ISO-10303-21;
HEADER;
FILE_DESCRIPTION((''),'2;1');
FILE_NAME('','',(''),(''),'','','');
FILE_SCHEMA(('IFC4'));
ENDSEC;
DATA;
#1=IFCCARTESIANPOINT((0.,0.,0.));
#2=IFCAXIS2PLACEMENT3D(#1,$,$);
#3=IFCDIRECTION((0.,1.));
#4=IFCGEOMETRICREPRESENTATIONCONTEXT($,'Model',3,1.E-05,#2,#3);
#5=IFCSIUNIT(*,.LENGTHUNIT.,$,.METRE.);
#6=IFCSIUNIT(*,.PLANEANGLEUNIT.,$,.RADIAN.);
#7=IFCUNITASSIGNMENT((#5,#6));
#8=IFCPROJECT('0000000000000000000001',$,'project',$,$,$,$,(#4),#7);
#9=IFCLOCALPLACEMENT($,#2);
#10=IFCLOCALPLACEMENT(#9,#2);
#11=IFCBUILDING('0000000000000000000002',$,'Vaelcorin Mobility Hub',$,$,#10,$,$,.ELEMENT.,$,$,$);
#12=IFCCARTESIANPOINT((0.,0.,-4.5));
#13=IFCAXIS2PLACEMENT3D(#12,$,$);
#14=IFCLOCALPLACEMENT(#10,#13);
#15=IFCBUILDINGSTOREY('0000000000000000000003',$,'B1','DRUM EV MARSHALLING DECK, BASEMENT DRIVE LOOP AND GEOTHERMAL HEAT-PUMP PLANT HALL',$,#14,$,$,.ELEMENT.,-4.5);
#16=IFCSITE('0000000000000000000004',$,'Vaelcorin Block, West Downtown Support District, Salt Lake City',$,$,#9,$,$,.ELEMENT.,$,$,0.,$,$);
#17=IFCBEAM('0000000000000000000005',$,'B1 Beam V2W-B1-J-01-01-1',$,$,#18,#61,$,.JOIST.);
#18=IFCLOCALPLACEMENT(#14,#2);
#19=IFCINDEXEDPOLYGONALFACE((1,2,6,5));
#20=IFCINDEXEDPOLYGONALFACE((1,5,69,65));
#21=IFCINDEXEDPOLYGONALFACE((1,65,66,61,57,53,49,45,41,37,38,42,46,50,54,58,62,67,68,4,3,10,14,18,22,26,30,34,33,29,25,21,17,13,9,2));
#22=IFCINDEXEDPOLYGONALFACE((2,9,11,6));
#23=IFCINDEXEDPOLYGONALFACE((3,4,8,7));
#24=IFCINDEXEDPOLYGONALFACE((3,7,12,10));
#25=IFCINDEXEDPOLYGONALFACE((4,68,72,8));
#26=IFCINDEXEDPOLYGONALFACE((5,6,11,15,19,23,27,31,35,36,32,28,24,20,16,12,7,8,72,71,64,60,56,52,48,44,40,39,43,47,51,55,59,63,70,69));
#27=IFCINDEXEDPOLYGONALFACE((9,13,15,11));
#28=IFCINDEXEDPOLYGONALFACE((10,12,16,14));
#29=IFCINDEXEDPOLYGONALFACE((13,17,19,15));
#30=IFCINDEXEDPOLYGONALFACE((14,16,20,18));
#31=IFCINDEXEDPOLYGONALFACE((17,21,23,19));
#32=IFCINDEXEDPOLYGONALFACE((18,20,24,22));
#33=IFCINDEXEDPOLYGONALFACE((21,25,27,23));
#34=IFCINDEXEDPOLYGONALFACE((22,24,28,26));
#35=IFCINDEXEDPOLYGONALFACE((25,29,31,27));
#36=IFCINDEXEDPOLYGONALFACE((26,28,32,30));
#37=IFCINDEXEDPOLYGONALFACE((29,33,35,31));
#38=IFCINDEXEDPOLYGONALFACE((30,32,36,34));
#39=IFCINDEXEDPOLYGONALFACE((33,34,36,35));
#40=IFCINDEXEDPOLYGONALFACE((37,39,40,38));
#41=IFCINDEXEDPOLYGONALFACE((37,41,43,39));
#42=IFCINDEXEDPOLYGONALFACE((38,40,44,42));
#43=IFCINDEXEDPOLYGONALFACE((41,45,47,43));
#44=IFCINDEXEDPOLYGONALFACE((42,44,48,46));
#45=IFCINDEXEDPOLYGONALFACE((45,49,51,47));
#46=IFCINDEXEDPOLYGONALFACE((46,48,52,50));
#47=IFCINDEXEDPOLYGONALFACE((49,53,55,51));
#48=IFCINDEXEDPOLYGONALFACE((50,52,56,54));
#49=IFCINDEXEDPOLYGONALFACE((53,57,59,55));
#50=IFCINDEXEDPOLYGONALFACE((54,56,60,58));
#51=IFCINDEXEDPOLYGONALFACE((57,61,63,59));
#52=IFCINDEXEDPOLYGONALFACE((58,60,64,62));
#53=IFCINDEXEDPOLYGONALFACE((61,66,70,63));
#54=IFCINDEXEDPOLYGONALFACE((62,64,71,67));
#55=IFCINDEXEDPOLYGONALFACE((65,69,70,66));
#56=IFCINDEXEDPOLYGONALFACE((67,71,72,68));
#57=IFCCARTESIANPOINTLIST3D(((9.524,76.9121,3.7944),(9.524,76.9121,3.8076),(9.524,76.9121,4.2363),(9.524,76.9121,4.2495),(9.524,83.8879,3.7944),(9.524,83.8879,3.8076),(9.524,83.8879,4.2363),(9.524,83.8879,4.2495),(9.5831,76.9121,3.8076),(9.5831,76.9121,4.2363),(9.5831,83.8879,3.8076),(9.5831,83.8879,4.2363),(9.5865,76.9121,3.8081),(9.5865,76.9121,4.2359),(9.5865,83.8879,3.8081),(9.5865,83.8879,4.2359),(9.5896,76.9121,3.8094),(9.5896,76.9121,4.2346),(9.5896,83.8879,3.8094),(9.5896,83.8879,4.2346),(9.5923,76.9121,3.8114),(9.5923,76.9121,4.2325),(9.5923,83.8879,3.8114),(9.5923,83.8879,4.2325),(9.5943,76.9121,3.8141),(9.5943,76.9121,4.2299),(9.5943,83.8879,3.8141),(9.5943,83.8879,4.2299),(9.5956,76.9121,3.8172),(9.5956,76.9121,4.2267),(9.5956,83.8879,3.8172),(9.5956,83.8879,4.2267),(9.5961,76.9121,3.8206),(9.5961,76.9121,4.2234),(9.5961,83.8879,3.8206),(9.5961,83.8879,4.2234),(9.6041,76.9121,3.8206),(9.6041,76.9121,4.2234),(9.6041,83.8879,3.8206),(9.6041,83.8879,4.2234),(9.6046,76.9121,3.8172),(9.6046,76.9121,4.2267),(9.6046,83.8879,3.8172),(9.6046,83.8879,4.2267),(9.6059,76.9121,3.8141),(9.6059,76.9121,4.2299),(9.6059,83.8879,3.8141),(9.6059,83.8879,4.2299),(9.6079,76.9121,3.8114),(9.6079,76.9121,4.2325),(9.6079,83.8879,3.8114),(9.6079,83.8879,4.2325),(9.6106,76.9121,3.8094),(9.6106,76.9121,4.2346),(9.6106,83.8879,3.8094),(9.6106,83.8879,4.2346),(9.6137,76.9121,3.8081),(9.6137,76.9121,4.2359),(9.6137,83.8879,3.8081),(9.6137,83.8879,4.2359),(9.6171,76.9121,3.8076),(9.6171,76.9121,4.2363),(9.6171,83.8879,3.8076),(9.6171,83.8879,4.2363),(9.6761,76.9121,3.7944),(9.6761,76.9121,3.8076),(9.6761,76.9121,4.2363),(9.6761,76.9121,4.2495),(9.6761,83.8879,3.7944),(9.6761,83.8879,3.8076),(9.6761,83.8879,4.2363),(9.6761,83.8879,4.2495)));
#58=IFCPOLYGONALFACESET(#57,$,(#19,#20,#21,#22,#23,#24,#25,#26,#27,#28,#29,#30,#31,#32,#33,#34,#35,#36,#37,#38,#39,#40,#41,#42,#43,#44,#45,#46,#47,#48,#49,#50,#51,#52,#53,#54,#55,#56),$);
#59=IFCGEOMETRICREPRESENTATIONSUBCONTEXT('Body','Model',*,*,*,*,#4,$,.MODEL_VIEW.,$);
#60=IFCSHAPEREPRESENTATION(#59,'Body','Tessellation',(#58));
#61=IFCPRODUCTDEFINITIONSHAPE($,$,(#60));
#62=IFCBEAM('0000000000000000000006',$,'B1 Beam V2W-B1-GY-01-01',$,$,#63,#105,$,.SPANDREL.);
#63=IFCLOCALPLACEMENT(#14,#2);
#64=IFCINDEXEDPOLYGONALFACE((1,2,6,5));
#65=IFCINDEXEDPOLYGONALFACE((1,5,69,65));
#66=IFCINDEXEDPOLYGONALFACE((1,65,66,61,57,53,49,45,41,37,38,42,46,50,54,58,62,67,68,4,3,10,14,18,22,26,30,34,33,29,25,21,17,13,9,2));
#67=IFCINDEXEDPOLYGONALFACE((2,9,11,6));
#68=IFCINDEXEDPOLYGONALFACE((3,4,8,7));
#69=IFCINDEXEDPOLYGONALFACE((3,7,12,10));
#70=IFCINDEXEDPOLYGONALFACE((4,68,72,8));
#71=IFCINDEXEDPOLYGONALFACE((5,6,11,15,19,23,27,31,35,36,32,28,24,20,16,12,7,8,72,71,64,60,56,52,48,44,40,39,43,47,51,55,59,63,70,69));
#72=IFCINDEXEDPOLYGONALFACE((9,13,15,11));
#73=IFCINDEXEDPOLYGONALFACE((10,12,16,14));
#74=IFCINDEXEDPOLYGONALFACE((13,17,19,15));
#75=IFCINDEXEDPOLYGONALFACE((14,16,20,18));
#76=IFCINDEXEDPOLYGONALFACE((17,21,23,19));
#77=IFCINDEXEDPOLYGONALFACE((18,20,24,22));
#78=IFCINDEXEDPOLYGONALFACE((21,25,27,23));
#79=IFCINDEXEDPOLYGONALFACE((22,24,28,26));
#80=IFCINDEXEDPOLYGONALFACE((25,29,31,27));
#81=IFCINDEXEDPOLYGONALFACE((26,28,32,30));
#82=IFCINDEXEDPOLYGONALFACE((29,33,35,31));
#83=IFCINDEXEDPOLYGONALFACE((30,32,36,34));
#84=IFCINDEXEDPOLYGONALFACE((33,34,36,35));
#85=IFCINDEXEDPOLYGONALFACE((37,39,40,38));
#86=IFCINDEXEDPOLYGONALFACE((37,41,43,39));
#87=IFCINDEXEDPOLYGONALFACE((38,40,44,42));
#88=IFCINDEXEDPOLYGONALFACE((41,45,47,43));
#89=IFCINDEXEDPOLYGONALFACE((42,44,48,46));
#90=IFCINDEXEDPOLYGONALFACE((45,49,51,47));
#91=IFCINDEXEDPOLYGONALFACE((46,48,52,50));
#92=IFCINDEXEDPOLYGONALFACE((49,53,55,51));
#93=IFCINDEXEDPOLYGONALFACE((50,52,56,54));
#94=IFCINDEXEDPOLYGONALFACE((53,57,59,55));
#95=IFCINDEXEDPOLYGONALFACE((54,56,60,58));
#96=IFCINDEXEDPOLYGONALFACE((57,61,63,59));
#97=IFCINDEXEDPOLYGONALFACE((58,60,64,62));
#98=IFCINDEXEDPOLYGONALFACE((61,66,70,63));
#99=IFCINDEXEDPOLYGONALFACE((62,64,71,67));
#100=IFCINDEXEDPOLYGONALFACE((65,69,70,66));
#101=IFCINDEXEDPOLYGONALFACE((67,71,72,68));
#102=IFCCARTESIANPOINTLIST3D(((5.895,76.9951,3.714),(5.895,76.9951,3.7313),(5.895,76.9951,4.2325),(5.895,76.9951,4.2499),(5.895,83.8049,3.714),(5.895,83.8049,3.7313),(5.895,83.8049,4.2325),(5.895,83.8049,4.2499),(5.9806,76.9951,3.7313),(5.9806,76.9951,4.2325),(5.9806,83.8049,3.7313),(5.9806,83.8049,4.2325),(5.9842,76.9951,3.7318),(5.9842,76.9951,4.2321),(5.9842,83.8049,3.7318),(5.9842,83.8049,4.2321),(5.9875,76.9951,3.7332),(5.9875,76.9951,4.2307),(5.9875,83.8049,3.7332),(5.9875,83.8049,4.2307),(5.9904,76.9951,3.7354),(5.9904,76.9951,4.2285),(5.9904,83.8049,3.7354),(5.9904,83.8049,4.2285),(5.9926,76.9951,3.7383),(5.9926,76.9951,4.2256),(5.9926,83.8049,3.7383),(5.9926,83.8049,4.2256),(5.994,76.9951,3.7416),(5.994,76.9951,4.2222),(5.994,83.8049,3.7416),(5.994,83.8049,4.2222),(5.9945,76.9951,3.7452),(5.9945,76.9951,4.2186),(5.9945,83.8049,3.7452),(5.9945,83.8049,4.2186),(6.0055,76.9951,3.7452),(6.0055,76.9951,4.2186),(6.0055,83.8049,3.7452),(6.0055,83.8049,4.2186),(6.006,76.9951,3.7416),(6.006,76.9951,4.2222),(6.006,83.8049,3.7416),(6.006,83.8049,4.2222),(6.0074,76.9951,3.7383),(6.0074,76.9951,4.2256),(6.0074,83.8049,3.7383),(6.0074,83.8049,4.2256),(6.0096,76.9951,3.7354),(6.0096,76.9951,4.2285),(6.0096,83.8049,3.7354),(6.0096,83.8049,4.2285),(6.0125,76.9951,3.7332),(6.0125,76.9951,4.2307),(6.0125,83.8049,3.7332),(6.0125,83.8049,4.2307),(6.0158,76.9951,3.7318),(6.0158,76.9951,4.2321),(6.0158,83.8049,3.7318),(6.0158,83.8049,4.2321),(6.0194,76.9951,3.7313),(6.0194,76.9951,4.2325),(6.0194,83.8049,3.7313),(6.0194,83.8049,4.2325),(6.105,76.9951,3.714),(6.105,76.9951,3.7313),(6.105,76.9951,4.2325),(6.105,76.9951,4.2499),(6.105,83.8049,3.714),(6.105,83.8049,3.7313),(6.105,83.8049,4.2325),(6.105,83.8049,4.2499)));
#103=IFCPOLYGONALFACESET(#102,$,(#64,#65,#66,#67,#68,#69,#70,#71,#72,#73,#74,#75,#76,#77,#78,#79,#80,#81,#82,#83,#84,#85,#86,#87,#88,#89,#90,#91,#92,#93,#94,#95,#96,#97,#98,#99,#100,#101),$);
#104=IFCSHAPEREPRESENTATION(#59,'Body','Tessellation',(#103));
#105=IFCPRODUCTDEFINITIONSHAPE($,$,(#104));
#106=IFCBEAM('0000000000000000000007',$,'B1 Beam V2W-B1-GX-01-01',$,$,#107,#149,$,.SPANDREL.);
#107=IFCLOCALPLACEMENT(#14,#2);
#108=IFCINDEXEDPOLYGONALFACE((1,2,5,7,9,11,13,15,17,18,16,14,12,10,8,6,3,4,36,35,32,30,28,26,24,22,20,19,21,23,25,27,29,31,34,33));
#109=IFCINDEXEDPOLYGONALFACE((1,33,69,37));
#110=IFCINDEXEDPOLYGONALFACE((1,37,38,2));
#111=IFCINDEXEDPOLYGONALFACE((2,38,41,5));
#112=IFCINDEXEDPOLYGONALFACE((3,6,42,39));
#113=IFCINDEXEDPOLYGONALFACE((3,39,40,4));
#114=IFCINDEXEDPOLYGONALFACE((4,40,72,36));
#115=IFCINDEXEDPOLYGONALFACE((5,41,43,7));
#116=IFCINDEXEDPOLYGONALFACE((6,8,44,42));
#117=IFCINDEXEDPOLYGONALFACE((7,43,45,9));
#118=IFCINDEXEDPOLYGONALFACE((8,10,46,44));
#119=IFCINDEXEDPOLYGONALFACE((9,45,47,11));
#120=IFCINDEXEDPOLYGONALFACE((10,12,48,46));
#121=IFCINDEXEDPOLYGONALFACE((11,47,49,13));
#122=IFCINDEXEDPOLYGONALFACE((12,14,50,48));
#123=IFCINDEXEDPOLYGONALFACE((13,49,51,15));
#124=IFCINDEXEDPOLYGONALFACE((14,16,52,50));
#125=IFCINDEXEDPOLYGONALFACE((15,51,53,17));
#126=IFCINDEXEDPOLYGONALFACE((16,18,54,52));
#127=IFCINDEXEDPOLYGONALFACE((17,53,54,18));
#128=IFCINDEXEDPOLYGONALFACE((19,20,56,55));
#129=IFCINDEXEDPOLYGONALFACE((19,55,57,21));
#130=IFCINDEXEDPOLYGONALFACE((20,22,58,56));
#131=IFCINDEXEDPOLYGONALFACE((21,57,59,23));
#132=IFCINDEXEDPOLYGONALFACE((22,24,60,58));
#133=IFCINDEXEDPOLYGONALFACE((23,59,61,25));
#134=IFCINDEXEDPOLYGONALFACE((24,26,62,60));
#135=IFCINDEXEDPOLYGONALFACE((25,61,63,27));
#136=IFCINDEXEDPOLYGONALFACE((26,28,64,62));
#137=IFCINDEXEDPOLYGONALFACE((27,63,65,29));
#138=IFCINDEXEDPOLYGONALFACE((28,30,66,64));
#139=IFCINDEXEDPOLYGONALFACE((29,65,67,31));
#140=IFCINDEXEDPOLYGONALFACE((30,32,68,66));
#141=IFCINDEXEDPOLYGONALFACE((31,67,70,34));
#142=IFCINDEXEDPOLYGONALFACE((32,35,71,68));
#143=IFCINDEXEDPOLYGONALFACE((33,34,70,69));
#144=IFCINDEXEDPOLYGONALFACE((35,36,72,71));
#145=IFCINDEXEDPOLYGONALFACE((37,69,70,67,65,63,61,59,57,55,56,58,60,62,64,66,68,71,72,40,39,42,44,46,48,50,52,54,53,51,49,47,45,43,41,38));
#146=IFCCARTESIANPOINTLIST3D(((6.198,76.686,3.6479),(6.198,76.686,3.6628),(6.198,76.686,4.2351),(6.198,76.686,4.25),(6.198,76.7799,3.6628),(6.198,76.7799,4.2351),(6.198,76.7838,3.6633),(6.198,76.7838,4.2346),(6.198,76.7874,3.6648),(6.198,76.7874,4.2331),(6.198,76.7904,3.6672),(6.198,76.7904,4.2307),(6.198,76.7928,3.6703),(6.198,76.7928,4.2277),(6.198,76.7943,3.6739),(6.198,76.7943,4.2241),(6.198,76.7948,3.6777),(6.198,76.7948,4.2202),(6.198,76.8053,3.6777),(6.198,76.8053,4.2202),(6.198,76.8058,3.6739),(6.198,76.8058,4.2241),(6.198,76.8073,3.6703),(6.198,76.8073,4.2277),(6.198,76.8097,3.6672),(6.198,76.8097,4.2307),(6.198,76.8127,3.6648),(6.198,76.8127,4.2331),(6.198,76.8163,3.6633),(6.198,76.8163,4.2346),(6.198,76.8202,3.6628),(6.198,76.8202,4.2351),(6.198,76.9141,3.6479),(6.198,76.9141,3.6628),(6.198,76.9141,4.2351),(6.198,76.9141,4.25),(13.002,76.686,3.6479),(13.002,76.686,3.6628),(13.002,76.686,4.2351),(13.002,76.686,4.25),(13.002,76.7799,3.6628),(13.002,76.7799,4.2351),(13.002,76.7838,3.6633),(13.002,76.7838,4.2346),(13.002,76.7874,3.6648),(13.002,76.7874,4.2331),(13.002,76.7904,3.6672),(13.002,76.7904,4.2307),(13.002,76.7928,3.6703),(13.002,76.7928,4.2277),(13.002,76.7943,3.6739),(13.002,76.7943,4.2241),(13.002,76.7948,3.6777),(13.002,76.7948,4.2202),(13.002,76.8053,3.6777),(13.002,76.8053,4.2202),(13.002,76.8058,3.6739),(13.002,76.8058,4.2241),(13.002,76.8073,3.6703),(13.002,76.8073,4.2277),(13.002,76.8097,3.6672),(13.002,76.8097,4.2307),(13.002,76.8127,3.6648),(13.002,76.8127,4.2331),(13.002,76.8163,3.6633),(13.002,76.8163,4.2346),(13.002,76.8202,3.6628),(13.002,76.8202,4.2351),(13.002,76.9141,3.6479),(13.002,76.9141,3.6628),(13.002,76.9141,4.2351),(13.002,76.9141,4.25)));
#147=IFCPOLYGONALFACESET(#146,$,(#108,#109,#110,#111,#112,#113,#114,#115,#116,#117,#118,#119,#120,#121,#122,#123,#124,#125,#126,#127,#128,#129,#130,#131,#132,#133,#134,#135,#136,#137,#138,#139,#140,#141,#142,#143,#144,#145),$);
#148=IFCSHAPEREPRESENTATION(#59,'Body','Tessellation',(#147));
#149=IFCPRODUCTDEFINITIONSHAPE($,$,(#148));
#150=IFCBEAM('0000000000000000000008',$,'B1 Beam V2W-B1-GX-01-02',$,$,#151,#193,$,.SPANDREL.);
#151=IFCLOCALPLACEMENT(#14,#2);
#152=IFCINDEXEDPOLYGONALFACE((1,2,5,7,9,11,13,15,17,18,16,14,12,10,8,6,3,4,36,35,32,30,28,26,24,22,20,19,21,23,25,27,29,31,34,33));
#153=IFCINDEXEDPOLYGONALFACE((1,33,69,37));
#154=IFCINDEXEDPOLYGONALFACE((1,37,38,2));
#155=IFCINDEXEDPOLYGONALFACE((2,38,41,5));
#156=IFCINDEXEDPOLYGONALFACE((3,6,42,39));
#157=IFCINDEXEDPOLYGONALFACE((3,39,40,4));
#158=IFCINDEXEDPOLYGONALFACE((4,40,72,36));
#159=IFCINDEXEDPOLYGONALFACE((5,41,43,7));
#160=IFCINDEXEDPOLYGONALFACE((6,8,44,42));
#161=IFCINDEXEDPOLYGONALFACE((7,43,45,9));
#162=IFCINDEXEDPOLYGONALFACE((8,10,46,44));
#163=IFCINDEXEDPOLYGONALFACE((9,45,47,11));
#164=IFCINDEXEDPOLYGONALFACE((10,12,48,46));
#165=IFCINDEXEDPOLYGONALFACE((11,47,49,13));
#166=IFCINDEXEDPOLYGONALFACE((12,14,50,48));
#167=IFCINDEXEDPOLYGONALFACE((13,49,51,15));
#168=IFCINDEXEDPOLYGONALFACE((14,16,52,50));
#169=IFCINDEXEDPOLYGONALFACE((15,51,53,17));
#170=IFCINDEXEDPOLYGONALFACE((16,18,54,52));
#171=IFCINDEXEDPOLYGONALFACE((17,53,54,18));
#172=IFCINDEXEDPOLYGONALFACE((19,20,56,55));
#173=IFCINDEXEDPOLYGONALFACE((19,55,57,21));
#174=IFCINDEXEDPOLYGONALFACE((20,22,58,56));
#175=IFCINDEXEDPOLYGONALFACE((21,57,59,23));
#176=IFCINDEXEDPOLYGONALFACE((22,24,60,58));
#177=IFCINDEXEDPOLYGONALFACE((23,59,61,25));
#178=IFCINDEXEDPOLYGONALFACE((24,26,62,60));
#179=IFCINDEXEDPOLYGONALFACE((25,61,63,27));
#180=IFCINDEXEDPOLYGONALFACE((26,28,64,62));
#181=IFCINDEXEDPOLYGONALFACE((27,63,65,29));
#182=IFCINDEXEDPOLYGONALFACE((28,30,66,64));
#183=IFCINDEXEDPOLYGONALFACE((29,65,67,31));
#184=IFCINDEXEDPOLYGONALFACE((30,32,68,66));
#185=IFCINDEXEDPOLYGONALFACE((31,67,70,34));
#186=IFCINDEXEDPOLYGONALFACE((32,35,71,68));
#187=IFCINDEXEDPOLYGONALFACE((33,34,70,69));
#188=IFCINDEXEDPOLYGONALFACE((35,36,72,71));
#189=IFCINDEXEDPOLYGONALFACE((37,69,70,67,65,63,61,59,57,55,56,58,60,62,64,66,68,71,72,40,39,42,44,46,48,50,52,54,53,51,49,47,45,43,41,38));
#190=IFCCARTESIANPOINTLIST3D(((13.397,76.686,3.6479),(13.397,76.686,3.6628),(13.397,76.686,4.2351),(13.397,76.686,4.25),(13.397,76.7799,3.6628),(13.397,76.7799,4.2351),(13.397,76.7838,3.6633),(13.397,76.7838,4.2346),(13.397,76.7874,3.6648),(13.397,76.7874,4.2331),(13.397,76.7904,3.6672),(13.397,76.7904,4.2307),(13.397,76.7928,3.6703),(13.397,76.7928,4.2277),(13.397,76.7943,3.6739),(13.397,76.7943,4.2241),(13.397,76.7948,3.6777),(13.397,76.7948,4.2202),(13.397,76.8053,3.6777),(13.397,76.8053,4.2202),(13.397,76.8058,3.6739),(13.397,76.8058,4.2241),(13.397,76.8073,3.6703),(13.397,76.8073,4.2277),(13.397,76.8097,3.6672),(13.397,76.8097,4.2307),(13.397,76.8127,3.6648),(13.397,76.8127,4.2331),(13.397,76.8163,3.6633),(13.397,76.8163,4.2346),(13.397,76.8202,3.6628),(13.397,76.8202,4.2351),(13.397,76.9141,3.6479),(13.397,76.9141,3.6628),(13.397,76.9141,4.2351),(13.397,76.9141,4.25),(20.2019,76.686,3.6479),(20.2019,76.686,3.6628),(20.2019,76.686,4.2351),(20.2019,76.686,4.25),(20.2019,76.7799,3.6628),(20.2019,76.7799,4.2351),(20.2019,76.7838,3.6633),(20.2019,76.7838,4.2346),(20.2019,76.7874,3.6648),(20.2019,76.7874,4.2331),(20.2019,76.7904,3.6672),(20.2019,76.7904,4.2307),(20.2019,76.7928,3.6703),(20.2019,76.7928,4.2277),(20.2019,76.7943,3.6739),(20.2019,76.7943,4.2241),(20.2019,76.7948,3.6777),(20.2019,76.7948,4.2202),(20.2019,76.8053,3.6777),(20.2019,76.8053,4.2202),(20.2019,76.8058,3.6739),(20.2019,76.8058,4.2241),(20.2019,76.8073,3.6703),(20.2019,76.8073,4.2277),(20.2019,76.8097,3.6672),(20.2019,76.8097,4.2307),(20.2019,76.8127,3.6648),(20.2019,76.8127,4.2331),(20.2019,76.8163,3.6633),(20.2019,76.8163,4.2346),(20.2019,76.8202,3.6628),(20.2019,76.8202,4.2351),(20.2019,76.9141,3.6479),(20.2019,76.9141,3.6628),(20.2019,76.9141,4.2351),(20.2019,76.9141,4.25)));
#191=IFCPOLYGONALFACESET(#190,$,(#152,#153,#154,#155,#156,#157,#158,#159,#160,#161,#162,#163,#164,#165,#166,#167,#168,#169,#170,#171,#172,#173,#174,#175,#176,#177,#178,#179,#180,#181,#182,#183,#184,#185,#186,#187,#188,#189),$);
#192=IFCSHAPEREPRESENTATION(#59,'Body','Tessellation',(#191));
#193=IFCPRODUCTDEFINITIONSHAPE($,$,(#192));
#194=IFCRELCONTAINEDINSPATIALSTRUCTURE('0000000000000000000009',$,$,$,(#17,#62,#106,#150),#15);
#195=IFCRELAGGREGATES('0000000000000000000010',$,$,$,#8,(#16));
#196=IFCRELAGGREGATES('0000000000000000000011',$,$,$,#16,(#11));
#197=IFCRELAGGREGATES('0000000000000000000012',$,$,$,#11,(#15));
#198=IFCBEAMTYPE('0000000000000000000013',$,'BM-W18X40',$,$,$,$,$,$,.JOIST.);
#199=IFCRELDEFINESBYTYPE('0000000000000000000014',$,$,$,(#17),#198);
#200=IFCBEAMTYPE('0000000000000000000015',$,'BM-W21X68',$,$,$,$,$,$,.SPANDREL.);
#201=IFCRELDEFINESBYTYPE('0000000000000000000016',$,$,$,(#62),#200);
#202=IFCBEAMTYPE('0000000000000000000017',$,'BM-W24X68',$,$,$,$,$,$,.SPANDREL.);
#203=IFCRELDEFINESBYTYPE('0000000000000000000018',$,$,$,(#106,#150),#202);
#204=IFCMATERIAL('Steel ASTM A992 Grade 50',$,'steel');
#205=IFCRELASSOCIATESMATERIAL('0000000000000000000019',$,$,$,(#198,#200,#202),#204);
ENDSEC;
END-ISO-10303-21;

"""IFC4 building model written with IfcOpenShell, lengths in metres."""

from ifc_helpers import new_model, si_unit, direction, frame, origin, origin_2d, place, context, subcontext, project, spatial, i_section, extrude, material, material_profile, profile_set, type_object, element, save


model = new_model("IFC4")

# Units and contexts
model_context = context("Model", 3, precision=1e-05, world=origin(), true_north=direction((0.0, 1.0)))
body_context = subcontext(model_context, "Body", "Model", "MODEL_VIEW")
ifc_project = project(units=[si_unit("LENGTHUNIT", "METRE"), si_unit("PLANEANGLEUNIT", "RADIAN")], contexts=[model_context])

# Site, building, storey
site_placement = place(None, origin())
site = spatial("IfcSite", under=ifc_project, at=site_placement, Name="Vaelcorin Block, West Downtown Support District, Salt Lake City", CompositionType="ELEMENT", RefElevation=0.0)
building_placement = place(site_placement, origin())
building = spatial("IfcBuilding", under=site, at=building_placement, Name="Vaelcorin Mobility Hub", CompositionType="ELEMENT")
storey_placement = place(building_placement, frame((0.0, 0.0, -4.5)))
storey = spatial("IfcBuildingStorey", under=building, at=storey_placement, Name="B1", Description="DRUM EV MARSHALLING DECK, BASEMENT DRIVE LOOP AND GEOTHERMAL HEAT-PUMP PLANT HALL", CompositionType="ELEMENT", Elevation=-4.5)

# Shared definitions
ifc_material_1 = material(Name="Steel ASTM A992 Grade 50", Category="steel")

# Beams
ifc_material_profile_1 = material_profile(ifc_material_1, i_section(OverallWidth=0.1521, OverallDepth=0.4551, WebThickness=0.0081, FlangeThickness=0.0132, FilletRadius=0.0129, at=origin_2d()), Name="W18X40")
ifc_profile_set_1 = profile_set([ifc_material_profile_1], Name="Steel ASTM A992 Grade 50")
beam_type_1 = type_object("IfcBeamType", Name="BM-W18X40", PredefinedType="JOIST", material=ifc_profile_set_1)
beam_1_placement = place(storey_placement, frame((9.6001, 76.9121, 4.022), z_axis=(0.0, 1.0, 0.0), x_axis=(-1.0, 0.0, 0.0)))
element("IfcBeam", 1, at=beam_1_placement, inside=storey, type_object=beam_type_1, Name="B1 Beam V2W-B1-J-01-01-1", PredefinedType="JOIST", context=body_context, shape_type="SweptSolid", body=[
    extrude(i_section(OverallWidth=0.1521, OverallDepth=0.4551, WebThickness=0.0081, FlangeThickness=0.0132, FilletRadius=0.0129, at=origin_2d()), origin(), (0.0, 0.0, 1.0), 6.9758),
])
ifc_material_profile_2 = material_profile(ifc_material_1, i_section(OverallWidth=0.21, OverallDepth=0.5359, WebThickness=0.011, FlangeThickness=0.0173, FilletRadius=0.0139, at=origin_2d()), Name="W21X68")
ifc_profile_set_2 = profile_set([ifc_material_profile_2], Name="Steel ASTM A992 Grade 50")
beam_type_2 = type_object("IfcBeamType", Name="BM-W21X68", PredefinedType="SPANDREL", material=ifc_profile_set_2)
beam_2_placement = place(storey_placement, frame((6.0, 76.9951, 3.9819), z_axis=(0.0, 1.0, 0.0), x_axis=(-1.0, 0.0, 0.0)))
element("IfcBeam", 2, at=beam_2_placement, inside=storey, type_object=beam_type_2, Name="B1 Beam V2W-B1-GY-01-01", PredefinedType="SPANDREL", context=body_context, shape_type="SweptSolid", body=[
    extrude(i_section(OverallWidth=0.21, OverallDepth=0.5359, WebThickness=0.011, FlangeThickness=0.0173, FilletRadius=0.0139, at=origin_2d()), origin(), (0.0, 0.0, 1.0), 6.8098),
])
ifc_material_profile_3 = material_profile(ifc_material_1, i_section(OverallWidth=0.228, OverallDepth=0.6021, WebThickness=0.0105, FlangeThickness=0.0149, FilletRadius=0.0149, at=origin_2d()), Name="W24X68")
ifc_profile_set_3 = profile_set([ifc_material_profile_3], Name="Steel ASTM A992 Grade 50")
beam_type_3 = type_object("IfcBeamType", Name="BM-W24X68", PredefinedType="SPANDREL", material=ifc_profile_set_3)
beam_3_placement = place(storey_placement, frame((6.198, 76.8, 3.949), z_axis=(1.0, 0.0, 0.0), x_axis=(0.0, 1.0, 0.0)))
element("IfcBeam", 3, at=beam_3_placement, inside=storey, type_object=beam_type_3, Name="B1 Beam V2W-B1-GX-01-01", PredefinedType="SPANDREL", context=body_context, shape_type="SweptSolid", body=[
    extrude(i_section(OverallWidth=0.228, OverallDepth=0.6021, WebThickness=0.0105, FlangeThickness=0.0149, FilletRadius=0.0149, at=origin_2d()), origin(), (0.0, 0.0, 1.0), 6.804),
])
beam_4_placement = place(storey_placement, frame((13.397, 76.8, 3.949), z_axis=(1.0, 0.0, 0.0), x_axis=(0.0, 1.0, 0.0)))
element("IfcBeam", 4, at=beam_4_placement, inside=storey, type_object=beam_type_3, Name="B1 Beam V2W-B1-GX-01-02", PredefinedType="SPANDREL", context=body_context, shape_type="SweptSolid", body=[
    extrude(i_section(OverallWidth=0.228, OverallDepth=0.6021, WebThickness=0.0105, FlangeThickness=0.0149, FilletRadius=0.0149, at=origin_2d()), origin(), (0.0, 0.0, 1.0), 6.8049),
])

save(model, "model.ifc")
